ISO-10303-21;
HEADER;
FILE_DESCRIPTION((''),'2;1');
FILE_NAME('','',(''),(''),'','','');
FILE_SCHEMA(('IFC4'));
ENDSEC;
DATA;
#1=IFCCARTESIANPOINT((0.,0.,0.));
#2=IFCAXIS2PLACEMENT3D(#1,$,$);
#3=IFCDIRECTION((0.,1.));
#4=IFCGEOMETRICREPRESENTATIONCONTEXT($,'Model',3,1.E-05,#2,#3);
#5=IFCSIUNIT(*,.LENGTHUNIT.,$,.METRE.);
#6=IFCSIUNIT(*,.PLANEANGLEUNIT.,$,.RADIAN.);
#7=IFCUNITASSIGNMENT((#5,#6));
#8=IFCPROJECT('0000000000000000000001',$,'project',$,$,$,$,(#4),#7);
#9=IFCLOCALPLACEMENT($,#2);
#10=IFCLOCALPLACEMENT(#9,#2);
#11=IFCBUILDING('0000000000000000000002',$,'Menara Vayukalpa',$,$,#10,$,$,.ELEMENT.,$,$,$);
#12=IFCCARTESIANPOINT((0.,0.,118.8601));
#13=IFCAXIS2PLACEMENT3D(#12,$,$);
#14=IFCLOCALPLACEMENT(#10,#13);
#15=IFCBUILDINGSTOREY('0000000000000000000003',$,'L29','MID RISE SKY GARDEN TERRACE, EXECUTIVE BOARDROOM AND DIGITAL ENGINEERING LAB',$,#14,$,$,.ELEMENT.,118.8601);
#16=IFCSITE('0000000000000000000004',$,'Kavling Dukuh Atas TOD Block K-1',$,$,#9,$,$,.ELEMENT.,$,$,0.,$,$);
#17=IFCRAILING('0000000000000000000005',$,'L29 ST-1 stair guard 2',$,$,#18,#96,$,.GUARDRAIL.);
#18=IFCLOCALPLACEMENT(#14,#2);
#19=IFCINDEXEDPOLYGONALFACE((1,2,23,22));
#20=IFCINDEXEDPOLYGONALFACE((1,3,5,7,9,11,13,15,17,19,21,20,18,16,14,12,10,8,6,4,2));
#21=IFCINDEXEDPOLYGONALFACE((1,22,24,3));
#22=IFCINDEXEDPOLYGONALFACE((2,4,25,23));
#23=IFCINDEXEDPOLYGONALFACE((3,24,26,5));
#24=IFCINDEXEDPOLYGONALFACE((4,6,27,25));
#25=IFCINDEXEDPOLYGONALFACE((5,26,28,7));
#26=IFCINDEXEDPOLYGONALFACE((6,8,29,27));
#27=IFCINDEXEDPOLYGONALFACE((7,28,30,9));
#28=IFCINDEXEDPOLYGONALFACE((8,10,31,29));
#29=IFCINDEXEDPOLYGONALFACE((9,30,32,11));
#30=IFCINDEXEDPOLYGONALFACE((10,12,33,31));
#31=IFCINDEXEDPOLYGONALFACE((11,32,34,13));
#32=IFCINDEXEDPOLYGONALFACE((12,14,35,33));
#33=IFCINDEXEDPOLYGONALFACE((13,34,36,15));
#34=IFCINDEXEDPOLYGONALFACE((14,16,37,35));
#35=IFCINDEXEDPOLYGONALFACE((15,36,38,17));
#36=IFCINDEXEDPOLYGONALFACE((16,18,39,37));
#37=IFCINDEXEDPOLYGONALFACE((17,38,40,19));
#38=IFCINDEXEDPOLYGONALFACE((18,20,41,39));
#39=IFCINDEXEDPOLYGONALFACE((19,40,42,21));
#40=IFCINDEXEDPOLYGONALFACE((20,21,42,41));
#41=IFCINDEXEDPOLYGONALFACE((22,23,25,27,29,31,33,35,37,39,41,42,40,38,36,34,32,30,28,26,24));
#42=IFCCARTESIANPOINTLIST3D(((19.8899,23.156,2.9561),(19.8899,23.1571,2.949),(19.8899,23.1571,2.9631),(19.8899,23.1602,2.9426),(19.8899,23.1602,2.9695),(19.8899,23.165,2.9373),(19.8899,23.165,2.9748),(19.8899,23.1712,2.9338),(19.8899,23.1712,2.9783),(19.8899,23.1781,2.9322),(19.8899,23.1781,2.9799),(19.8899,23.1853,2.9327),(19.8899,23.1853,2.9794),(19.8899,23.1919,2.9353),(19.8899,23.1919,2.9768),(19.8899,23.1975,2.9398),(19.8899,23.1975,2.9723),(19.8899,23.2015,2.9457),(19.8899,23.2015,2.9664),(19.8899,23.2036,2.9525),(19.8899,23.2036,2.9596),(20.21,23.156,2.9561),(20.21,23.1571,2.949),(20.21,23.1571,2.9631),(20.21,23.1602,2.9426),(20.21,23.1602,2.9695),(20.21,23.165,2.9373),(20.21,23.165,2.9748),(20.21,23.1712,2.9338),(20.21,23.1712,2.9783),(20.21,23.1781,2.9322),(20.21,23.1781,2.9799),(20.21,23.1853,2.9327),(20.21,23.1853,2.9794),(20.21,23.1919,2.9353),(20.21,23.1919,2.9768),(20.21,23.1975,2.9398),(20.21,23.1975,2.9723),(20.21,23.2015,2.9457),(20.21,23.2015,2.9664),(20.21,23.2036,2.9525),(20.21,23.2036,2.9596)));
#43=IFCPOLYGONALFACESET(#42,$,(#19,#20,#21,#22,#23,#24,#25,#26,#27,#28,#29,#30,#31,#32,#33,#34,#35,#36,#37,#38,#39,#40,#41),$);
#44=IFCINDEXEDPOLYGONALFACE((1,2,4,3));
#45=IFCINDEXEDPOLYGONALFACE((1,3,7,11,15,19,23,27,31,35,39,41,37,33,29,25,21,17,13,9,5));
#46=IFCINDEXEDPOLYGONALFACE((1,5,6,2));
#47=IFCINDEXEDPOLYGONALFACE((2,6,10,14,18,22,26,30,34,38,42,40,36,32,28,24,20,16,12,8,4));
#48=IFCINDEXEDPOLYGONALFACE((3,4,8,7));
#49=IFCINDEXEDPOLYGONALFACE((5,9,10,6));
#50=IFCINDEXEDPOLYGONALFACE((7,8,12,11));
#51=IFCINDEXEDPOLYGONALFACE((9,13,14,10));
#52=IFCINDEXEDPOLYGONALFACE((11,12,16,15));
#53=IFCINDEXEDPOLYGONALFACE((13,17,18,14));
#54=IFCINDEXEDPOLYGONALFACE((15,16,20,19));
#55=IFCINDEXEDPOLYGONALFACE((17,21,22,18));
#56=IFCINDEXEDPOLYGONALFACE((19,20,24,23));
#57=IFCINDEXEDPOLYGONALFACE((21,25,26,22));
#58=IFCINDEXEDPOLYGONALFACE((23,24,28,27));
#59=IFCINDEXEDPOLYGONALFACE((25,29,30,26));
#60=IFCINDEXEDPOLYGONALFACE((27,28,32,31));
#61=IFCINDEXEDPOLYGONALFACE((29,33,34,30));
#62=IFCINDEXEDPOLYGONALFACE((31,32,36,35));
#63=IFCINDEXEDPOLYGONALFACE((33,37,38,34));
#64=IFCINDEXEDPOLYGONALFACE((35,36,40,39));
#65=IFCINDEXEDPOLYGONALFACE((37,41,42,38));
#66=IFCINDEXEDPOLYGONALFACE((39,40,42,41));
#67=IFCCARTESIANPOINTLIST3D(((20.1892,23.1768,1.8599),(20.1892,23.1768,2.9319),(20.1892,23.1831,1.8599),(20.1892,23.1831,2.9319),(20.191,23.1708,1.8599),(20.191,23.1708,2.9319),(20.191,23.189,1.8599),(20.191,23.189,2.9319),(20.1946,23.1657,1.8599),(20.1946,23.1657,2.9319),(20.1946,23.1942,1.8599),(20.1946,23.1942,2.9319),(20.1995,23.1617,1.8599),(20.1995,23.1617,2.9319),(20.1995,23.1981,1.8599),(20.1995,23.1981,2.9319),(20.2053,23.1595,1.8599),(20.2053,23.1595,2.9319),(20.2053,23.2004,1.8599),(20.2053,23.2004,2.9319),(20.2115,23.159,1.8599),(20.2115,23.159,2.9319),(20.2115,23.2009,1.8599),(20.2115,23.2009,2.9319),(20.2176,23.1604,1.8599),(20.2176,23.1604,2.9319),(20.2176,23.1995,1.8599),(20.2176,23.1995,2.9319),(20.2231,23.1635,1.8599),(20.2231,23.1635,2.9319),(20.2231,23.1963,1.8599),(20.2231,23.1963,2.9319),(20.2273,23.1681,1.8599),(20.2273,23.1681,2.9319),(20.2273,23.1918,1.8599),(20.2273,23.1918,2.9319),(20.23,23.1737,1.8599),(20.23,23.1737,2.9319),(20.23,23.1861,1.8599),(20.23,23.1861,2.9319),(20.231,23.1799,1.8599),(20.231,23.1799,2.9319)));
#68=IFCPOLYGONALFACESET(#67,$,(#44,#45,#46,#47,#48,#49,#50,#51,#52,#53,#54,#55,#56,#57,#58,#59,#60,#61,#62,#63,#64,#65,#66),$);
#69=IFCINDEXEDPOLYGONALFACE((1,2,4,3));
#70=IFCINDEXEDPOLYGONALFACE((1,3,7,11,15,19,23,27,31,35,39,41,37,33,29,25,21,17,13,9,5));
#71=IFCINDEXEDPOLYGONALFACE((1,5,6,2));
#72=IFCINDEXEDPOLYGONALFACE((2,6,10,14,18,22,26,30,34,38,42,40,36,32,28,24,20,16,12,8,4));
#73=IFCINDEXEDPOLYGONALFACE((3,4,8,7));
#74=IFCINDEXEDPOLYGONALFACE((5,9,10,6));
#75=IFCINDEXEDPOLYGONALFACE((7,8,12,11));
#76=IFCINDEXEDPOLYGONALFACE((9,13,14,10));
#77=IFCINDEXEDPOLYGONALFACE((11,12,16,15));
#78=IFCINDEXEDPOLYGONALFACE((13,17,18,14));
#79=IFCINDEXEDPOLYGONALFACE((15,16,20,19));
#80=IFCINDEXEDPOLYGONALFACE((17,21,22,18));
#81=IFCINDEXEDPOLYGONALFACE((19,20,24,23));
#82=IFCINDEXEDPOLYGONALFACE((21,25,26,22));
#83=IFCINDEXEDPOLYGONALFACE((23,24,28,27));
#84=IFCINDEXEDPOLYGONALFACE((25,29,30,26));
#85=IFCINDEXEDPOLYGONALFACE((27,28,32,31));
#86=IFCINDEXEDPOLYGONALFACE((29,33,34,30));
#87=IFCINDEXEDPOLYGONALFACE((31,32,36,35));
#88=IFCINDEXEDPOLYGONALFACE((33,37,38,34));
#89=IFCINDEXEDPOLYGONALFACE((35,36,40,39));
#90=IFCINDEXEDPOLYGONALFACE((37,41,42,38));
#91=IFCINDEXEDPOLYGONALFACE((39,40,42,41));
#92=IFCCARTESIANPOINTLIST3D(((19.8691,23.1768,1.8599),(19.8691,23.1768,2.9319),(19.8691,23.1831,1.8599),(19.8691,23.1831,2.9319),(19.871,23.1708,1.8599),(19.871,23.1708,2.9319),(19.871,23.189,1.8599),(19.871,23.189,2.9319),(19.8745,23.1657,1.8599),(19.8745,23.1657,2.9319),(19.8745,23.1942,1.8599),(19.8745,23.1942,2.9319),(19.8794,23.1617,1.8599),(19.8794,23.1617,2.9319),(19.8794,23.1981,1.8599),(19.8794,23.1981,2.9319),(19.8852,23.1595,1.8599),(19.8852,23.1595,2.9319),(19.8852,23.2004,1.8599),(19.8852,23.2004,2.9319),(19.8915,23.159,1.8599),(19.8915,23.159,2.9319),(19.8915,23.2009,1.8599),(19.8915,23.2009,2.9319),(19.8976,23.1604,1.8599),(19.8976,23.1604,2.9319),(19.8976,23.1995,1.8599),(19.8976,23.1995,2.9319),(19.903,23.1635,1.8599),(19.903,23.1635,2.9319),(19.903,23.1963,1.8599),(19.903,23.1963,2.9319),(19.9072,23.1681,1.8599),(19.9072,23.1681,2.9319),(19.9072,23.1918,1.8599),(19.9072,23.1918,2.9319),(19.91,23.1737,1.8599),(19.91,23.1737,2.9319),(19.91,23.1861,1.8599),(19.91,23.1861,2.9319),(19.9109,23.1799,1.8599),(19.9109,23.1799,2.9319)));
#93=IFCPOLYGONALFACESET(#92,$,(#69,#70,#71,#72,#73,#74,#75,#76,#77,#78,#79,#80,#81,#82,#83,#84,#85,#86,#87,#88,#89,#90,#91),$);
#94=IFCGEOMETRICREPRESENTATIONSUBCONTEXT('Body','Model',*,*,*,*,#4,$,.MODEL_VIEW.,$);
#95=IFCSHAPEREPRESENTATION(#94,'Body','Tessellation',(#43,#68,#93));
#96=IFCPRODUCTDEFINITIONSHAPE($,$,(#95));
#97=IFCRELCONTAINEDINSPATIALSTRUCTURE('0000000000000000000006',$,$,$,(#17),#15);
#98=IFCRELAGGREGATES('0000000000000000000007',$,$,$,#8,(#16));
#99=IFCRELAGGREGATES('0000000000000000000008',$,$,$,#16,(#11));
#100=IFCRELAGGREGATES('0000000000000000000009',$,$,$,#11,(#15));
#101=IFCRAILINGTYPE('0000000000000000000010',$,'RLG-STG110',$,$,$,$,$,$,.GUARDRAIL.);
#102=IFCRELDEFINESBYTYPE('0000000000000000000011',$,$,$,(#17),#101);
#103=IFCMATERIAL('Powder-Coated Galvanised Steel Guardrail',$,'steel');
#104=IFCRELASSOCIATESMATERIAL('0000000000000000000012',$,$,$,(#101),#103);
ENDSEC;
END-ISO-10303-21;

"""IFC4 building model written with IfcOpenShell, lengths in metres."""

from ifc_helpers import new_model, si_unit, direction, frame, origin, origin_2d, place, context, subcontext, project, spatial, circle, extrude, material, type_object, element, save


model = new_model("IFC4")

# Units and contexts
model_context = context("Model", 3, precision=1e-05, world=origin(), true_north=direction((0.0, 1.0)))
body_context = subcontext(model_context, "Body", "Model", "MODEL_VIEW")
ifc_project = project(units=[si_unit("LENGTHUNIT", "METRE"), si_unit("PLANEANGLEUNIT", "RADIAN")], contexts=[model_context])

# Site, building, storey
site_placement = place(None, origin())
site = spatial("IfcSite", under=ifc_project, at=site_placement, Name="Kavling Dukuh Atas TOD Block K-1", CompositionType="ELEMENT", RefElevation=0.0)
building_placement = place(site_placement, origin())
building = spatial("IfcBuilding", under=site, at=building_placement, Name="Menara Vayukalpa", CompositionType="ELEMENT")
storey_placement = place(building_placement, frame((0.0, 0.0, 118.8601)))
storey = spatial("IfcBuildingStorey", under=building, at=storey_placement, Name="L29", Description="MID RISE SKY GARDEN TERRACE, EXECUTIVE BOARDROOM AND DIGITAL ENGINEERING LAB", CompositionType="ELEMENT", Elevation=118.8601)

# Railing
ifc_material_1 = material(Name="Powder-Coated Galvanised Steel Guardrail", Category="steel")
railing_type = type_object("IfcRailingType", Name="RLG-STG110", PredefinedType="GUARDRAIL", material=ifc_material_1)
railing_placement = place(storey_placement, frame((20.21, 23.1799, 1.8599)))
element("IfcRailing", 1, at=railing_placement, inside=storey, type_object=railing_type, Name="L29 ST-1 stair guard 2", PredefinedType="GUARDRAIL", context=body_context, shape_type="SweptSolid", body=[
    extrude(circle(Radius=0.0239, at=origin_2d()), frame((0.0, 0.0, 1.0962), z_axis=(-1.0, 0.0, 0.0), x_axis=(0.0, -1.0, 0.0)), (0.0, 0.0, 1.0), 0.3201),
    extrude(circle(Radius=0.021, at=origin_2d()), origin(), (0.0, 0.0, 1.0), 1.072),
    extrude(circle(Radius=0.021, at=origin_2d()), frame((-0.3201, 0.0, 0.0)), (0.0, 0.0, 1.0), 1.072),
])

save(model, "model.ifc")
